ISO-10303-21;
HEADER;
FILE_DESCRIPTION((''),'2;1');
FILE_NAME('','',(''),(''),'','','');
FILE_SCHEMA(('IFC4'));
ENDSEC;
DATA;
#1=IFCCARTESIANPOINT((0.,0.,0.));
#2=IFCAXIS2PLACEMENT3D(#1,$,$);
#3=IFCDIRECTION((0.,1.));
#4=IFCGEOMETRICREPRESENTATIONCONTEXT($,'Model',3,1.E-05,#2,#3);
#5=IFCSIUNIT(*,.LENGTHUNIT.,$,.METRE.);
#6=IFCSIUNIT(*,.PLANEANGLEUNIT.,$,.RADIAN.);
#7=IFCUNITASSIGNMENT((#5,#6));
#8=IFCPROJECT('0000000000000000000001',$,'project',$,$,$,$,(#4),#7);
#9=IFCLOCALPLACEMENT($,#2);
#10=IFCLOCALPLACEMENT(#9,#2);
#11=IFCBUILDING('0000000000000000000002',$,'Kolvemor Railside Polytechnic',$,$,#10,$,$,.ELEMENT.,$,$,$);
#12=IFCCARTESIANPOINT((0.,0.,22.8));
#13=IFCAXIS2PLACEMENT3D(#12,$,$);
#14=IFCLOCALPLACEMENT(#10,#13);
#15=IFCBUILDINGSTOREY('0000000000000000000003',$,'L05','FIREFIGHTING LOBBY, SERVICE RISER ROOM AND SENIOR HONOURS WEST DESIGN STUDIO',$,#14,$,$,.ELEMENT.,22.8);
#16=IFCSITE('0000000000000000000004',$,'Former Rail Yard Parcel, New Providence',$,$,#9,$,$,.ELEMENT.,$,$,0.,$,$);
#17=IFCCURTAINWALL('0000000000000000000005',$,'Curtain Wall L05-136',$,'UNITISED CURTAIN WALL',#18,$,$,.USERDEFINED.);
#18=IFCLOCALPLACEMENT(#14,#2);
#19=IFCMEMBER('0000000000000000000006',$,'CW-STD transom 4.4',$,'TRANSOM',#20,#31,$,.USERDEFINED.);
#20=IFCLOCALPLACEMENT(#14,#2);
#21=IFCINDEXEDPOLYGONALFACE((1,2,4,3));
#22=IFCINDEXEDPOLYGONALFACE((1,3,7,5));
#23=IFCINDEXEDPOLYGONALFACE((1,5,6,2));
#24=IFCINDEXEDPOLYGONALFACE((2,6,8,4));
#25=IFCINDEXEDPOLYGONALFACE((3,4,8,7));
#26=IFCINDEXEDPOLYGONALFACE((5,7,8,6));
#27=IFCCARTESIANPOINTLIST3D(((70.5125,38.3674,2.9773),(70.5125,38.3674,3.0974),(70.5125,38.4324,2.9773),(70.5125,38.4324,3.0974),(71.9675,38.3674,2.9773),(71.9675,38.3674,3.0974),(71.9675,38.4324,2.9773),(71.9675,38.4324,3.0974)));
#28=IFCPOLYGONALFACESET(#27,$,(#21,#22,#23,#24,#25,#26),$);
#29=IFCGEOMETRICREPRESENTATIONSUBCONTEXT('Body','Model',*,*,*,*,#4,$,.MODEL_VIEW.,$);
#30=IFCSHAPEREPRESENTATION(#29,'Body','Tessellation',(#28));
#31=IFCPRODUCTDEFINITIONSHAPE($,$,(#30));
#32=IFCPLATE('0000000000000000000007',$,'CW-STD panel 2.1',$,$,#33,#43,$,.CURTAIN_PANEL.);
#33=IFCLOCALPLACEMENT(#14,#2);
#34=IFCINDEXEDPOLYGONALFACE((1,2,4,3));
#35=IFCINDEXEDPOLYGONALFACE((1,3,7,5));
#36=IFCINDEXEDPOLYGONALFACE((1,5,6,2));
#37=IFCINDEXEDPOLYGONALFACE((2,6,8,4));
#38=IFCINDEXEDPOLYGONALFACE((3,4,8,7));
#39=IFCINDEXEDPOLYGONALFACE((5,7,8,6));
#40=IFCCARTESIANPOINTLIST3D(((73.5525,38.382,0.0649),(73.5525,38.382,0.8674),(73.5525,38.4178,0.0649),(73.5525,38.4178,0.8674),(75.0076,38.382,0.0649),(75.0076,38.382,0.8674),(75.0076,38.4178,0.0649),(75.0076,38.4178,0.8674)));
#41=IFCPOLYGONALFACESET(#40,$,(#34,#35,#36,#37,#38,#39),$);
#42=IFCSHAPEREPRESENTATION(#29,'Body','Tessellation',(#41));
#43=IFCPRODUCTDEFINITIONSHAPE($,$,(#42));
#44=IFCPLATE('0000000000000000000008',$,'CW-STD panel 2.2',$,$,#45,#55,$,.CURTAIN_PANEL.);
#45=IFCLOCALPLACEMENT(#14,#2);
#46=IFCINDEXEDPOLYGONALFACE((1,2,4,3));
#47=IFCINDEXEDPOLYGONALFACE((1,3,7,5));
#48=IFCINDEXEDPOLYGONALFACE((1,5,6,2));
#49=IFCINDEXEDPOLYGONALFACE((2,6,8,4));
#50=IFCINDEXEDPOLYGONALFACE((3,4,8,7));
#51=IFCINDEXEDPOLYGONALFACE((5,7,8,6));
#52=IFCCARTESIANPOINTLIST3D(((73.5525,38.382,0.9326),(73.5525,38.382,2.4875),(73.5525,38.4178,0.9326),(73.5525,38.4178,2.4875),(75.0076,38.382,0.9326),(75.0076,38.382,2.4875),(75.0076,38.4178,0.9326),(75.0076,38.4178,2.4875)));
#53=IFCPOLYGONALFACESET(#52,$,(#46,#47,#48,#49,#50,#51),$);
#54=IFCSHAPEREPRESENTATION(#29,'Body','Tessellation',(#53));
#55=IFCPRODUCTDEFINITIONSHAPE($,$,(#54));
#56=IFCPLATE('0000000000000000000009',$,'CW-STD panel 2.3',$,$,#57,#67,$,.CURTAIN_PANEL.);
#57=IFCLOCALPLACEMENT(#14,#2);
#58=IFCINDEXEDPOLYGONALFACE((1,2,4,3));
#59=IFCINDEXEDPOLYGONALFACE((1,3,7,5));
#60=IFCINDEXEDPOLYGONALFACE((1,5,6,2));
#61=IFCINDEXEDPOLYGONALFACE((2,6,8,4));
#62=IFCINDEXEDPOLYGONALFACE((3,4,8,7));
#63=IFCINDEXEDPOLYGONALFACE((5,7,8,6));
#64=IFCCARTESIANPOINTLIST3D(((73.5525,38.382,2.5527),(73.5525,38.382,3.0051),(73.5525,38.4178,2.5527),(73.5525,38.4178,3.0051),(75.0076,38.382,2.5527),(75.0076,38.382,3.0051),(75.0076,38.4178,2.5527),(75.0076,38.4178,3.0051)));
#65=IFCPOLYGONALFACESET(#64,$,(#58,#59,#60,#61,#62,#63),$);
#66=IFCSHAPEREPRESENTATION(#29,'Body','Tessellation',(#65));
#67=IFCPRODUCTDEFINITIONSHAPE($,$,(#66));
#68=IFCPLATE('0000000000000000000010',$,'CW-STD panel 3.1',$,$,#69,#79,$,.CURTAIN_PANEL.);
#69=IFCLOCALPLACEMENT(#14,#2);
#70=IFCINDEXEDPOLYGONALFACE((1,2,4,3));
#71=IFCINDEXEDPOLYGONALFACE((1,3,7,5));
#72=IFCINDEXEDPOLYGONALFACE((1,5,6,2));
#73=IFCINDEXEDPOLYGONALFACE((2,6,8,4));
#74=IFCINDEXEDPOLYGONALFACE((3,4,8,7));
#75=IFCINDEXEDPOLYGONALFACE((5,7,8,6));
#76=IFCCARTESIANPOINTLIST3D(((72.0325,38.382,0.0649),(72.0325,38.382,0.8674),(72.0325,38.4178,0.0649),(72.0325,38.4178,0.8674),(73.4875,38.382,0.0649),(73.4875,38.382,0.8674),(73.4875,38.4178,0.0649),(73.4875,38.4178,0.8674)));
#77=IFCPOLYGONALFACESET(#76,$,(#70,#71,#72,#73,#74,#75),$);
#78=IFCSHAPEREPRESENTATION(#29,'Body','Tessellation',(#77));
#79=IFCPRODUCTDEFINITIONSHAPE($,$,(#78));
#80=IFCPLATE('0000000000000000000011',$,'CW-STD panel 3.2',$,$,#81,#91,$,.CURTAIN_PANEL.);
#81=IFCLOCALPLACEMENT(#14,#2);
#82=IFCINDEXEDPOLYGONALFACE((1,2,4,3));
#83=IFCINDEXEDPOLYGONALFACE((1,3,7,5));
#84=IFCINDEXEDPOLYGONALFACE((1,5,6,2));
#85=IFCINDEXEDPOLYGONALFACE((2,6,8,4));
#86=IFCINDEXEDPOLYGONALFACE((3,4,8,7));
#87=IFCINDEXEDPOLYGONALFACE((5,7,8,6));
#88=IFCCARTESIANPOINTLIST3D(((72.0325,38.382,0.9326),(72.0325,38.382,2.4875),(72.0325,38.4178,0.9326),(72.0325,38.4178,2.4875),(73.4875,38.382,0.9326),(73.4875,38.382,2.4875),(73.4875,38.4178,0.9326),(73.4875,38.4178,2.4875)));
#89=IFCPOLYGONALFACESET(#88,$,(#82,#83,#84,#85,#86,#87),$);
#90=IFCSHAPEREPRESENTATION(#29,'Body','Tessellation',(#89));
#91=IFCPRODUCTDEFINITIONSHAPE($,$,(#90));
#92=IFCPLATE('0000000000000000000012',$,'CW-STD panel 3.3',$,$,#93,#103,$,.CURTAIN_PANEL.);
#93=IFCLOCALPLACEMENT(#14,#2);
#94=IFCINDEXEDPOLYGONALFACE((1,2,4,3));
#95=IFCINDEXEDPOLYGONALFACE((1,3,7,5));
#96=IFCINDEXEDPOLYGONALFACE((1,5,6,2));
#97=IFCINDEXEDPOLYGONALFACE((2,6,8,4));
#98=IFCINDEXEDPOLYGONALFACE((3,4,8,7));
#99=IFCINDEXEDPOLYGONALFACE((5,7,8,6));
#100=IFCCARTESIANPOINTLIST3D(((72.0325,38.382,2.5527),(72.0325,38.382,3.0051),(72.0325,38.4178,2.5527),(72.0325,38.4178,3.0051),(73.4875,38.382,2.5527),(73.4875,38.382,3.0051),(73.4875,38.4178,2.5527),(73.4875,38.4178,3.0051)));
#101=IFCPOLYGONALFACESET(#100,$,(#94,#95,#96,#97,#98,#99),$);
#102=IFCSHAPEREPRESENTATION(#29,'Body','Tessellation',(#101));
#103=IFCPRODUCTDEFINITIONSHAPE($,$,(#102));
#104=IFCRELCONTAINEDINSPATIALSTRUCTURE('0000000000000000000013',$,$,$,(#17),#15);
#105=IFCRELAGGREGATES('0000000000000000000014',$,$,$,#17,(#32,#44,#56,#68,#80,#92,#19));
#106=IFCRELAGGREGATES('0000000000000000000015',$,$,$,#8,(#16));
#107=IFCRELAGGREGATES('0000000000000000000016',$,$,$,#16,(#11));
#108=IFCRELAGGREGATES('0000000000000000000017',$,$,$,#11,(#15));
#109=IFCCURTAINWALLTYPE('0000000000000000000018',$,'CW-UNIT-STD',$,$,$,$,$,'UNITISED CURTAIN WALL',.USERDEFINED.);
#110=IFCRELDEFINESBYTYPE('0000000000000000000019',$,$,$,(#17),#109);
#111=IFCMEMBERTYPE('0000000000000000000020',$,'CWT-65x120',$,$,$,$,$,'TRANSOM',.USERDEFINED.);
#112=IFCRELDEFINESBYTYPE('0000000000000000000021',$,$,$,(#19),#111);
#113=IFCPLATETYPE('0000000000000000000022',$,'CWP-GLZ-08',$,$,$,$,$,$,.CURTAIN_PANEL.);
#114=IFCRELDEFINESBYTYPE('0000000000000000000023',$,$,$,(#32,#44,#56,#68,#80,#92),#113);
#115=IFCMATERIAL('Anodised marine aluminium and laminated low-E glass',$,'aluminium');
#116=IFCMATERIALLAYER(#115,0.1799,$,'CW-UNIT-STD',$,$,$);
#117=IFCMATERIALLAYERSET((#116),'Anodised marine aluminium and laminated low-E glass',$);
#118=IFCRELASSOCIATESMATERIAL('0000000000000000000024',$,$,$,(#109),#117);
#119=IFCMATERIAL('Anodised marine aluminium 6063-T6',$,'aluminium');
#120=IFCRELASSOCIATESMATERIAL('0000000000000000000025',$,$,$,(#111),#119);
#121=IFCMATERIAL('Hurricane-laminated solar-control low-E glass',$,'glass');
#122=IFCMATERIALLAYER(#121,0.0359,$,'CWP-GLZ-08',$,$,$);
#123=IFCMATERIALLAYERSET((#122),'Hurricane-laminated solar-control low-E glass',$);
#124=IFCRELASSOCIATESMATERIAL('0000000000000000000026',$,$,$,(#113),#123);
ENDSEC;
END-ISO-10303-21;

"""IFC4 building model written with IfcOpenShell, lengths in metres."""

from ifc_helpers import new_model, si_unit, direction, frame, origin, origin_2d, place, context, subcontext, project, spatial, rectangle, extrude, material, layer, layer_set, material_profile, profile_set, type_object, element, aggregate, save


model = new_model("IFC4")

# Units and contexts
model_context = context("Model", 3, precision=1e-05, world=origin(), true_north=direction((0.0, 1.0)))
body_context = subcontext(model_context, "Body", "Model", "MODEL_VIEW")
ifc_project = project(units=[si_unit("LENGTHUNIT", "METRE"), si_unit("PLANEANGLEUNIT", "RADIAN")], contexts=[model_context])

# Site, building, storey
site_placement = place(None, origin())
site = spatial("IfcSite", under=ifc_project, at=site_placement, Name="Former Rail Yard Parcel, New Providence", CompositionType="ELEMENT", RefElevation=0.0)
building_placement = place(site_placement, origin())
building = spatial("IfcBuilding", under=site, at=building_placement, Name="Kolvemor Railside Polytechnic", CompositionType="ELEMENT")
storey_placement = place(building_placement, frame((0.0, 0.0, 22.8)))
storey = spatial("IfcBuildingStorey", under=building, at=storey_placement, Name="L05", Description="FIREFIGHTING LOBBY, SERVICE RISER ROOM AND SENIOR HONOURS WEST DESIGN STUDIO", CompositionType="ELEMENT", Elevation=22.8)

# Curtain wall, member, plates
ifc_material_1 = material(Name="Anodised marine aluminium and laminated low-E glass", Category="aluminium")
ifc_layer_1 = layer(ifc_material_1, 0.1799, Name="CW-UNIT-STD")
ifc_layer_set_1 = layer_set([ifc_layer_1], Name="Anodised marine aluminium and laminated low-E glass")
curtain_wall_type = type_object("IfcCurtainWallType", Name="CW-UNIT-STD", ElementType="UNITISED CURTAIN WALL", PredefinedType="USERDEFINED", material=ifc_layer_set_1)
curtain_wall_placement = place(storey_placement, origin())
curtain_wall = element("IfcCurtainWall", 1, at=curtain_wall_placement, inside=storey, type_object=curtain_wall_type, Name="Curtain Wall L05-136", ObjectType="UNITISED CURTAIN WALL", PredefinedType="USERDEFINED")
ifc_material_2 = material(Name="Anodised marine aluminium 6063-T6", Category="aluminium")
ifc_material_profile_1 = material_profile(ifc_material_2, rectangle(XDim=0.0649, YDim=0.1201, at=origin_2d()), Name="CW-TRN-65x120")
ifc_profile_set_1 = profile_set([ifc_material_profile_1], Name="Anodised marine aluminium 6063-T6")
member_type_1 = type_object("IfcMemberType", Name="CWT-65x120", ElementType="TRANSOM", PredefinedType="USERDEFINED", material=ifc_profile_set_1)
member_1_placement = place(storey_placement, frame((71.9675, 38.3999, 3.0374), z_axis=(-1.0, 0.0, 0.0), x_axis=(0.0, -1.0, 0.0)))
member_1 = element("IfcMember", 2, at=member_1_placement, type_object=member_type_1, Name="CW-STD transom 4.4", ObjectType="TRANSOM", PredefinedType="USERDEFINED", context=body_context, shape_type="SweptSolid", body=[
    extrude(rectangle(XDim=0.0649, YDim=0.1201, at=origin_2d()), origin(), (0.0, 0.0, 1.0), 1.4551),
])
ifc_material_3 = material(Name="Hurricane-laminated solar-control low-E glass", Category="glass")
ifc_layer_2 = layer(ifc_material_3, 0.0359, Name="CWP-GLZ-08")
ifc_layer_set_2 = layer_set([ifc_layer_2], Name="Hurricane-laminated solar-control low-E glass")
plate_type = type_object("IfcPlateType", Name="CWP-GLZ-08", PredefinedType="CURTAIN_PANEL", material=ifc_layer_set_2)
plate_1_placement = place(storey_placement, frame((74.28, 38.3999, 0.0649), z_axis=(0.0, 0.0, 1.0), x_axis=(-1.0, 0.0, 0.0)))
plate_1 = element("IfcPlate", 3, at=plate_1_placement, type_object=plate_type, Name="CW-STD panel 2.1", PredefinedType="CURTAIN_PANEL", context=body_context, shape_type="SweptSolid", body=[
    extrude(rectangle(XDim=1.4551, YDim=0.0359, at=origin_2d()), origin(), (0.0, 0.0, 1.0), 0.8025),
])
plate_2_placement = place(storey_placement, frame((74.28, 38.3999, 0.9326), z_axis=(0.0, 0.0, 1.0), x_axis=(-1.0, 0.0, 0.0)))
plate_2 = element("IfcPlate", 4, at=plate_2_placement, type_object=plate_type, Name="CW-STD panel 2.2", PredefinedType="CURTAIN_PANEL", context=body_context, shape_type="SweptSolid", body=[
    extrude(rectangle(XDim=1.4551, YDim=0.0359, at=origin_2d()), origin(), (0.0, 0.0, 1.0), 1.5549),
])
plate_3_placement = place(storey_placement, frame((74.28, 38.3999, 2.5527), z_axis=(0.0, 0.0, 1.0), x_axis=(-1.0, 0.0, 0.0)))
plate_3 = element("IfcPlate", 5, at=plate_3_placement, type_object=plate_type, Name="CW-STD panel 2.3", PredefinedType="CURTAIN_PANEL", context=body_context, shape_type="SweptSolid", body=[
    extrude(rectangle(XDim=1.4551, YDim=0.0359, at=origin_2d()), origin(), (0.0, 0.0, 1.0), 0.4524),
])
plate_4_placement = place(storey_placement, frame((72.76, 38.3999, 0.0649), z_axis=(0.0, 0.0, 1.0), x_axis=(-1.0, 0.0, 0.0)))
plate_4 = element("IfcPlate", 6, at=plate_4_placement, type_object=plate_type, Name="CW-STD panel 3.1", PredefinedType="CURTAIN_PANEL", context=body_context, shape_type="SweptSolid", body=[
    extrude(rectangle(XDim=1.4551, YDim=0.0359, at=origin_2d()), origin(), (0.0, 0.0, 1.0), 0.8025),
])
plate_5_placement = place(storey_placement, frame((72.76, 38.3999, 0.9326), z_axis=(0.0, 0.0, 1.0), x_axis=(-1.0, 0.0, 0.0)))
plate_5 = element("IfcPlate", 7, at=plate_5_placement, type_object=plate_type, Name="CW-STD panel 3.2", PredefinedType="CURTAIN_PANEL", context=body_context, shape_type="SweptSolid", body=[
    extrude(rectangle(XDim=1.4551, YDim=0.0359, at=origin_2d()), origin(), (0.0, 0.0, 1.0), 1.5549),
])
plate_6_placement = place(storey_placement, frame((72.76, 38.3999, 2.5527), z_axis=(0.0, 0.0, 1.0), x_axis=(-1.0, 0.0, 0.0)))
plate_6 = element("IfcPlate", 8, at=plate_6_placement, type_object=plate_type, Name="CW-STD panel 3.3", PredefinedType="CURTAIN_PANEL", context=body_context, shape_type="SweptSolid", body=[
    extrude(rectangle(XDim=1.4551, YDim=0.0359, at=origin_2d()), origin(), (0.0, 0.0, 1.0), 0.4524),
])
aggregate(curtain_wall, [plate_1, plate_2, plate_3, plate_4, plate_5, plate_6, member_1])

save(model, "model.ifc")
